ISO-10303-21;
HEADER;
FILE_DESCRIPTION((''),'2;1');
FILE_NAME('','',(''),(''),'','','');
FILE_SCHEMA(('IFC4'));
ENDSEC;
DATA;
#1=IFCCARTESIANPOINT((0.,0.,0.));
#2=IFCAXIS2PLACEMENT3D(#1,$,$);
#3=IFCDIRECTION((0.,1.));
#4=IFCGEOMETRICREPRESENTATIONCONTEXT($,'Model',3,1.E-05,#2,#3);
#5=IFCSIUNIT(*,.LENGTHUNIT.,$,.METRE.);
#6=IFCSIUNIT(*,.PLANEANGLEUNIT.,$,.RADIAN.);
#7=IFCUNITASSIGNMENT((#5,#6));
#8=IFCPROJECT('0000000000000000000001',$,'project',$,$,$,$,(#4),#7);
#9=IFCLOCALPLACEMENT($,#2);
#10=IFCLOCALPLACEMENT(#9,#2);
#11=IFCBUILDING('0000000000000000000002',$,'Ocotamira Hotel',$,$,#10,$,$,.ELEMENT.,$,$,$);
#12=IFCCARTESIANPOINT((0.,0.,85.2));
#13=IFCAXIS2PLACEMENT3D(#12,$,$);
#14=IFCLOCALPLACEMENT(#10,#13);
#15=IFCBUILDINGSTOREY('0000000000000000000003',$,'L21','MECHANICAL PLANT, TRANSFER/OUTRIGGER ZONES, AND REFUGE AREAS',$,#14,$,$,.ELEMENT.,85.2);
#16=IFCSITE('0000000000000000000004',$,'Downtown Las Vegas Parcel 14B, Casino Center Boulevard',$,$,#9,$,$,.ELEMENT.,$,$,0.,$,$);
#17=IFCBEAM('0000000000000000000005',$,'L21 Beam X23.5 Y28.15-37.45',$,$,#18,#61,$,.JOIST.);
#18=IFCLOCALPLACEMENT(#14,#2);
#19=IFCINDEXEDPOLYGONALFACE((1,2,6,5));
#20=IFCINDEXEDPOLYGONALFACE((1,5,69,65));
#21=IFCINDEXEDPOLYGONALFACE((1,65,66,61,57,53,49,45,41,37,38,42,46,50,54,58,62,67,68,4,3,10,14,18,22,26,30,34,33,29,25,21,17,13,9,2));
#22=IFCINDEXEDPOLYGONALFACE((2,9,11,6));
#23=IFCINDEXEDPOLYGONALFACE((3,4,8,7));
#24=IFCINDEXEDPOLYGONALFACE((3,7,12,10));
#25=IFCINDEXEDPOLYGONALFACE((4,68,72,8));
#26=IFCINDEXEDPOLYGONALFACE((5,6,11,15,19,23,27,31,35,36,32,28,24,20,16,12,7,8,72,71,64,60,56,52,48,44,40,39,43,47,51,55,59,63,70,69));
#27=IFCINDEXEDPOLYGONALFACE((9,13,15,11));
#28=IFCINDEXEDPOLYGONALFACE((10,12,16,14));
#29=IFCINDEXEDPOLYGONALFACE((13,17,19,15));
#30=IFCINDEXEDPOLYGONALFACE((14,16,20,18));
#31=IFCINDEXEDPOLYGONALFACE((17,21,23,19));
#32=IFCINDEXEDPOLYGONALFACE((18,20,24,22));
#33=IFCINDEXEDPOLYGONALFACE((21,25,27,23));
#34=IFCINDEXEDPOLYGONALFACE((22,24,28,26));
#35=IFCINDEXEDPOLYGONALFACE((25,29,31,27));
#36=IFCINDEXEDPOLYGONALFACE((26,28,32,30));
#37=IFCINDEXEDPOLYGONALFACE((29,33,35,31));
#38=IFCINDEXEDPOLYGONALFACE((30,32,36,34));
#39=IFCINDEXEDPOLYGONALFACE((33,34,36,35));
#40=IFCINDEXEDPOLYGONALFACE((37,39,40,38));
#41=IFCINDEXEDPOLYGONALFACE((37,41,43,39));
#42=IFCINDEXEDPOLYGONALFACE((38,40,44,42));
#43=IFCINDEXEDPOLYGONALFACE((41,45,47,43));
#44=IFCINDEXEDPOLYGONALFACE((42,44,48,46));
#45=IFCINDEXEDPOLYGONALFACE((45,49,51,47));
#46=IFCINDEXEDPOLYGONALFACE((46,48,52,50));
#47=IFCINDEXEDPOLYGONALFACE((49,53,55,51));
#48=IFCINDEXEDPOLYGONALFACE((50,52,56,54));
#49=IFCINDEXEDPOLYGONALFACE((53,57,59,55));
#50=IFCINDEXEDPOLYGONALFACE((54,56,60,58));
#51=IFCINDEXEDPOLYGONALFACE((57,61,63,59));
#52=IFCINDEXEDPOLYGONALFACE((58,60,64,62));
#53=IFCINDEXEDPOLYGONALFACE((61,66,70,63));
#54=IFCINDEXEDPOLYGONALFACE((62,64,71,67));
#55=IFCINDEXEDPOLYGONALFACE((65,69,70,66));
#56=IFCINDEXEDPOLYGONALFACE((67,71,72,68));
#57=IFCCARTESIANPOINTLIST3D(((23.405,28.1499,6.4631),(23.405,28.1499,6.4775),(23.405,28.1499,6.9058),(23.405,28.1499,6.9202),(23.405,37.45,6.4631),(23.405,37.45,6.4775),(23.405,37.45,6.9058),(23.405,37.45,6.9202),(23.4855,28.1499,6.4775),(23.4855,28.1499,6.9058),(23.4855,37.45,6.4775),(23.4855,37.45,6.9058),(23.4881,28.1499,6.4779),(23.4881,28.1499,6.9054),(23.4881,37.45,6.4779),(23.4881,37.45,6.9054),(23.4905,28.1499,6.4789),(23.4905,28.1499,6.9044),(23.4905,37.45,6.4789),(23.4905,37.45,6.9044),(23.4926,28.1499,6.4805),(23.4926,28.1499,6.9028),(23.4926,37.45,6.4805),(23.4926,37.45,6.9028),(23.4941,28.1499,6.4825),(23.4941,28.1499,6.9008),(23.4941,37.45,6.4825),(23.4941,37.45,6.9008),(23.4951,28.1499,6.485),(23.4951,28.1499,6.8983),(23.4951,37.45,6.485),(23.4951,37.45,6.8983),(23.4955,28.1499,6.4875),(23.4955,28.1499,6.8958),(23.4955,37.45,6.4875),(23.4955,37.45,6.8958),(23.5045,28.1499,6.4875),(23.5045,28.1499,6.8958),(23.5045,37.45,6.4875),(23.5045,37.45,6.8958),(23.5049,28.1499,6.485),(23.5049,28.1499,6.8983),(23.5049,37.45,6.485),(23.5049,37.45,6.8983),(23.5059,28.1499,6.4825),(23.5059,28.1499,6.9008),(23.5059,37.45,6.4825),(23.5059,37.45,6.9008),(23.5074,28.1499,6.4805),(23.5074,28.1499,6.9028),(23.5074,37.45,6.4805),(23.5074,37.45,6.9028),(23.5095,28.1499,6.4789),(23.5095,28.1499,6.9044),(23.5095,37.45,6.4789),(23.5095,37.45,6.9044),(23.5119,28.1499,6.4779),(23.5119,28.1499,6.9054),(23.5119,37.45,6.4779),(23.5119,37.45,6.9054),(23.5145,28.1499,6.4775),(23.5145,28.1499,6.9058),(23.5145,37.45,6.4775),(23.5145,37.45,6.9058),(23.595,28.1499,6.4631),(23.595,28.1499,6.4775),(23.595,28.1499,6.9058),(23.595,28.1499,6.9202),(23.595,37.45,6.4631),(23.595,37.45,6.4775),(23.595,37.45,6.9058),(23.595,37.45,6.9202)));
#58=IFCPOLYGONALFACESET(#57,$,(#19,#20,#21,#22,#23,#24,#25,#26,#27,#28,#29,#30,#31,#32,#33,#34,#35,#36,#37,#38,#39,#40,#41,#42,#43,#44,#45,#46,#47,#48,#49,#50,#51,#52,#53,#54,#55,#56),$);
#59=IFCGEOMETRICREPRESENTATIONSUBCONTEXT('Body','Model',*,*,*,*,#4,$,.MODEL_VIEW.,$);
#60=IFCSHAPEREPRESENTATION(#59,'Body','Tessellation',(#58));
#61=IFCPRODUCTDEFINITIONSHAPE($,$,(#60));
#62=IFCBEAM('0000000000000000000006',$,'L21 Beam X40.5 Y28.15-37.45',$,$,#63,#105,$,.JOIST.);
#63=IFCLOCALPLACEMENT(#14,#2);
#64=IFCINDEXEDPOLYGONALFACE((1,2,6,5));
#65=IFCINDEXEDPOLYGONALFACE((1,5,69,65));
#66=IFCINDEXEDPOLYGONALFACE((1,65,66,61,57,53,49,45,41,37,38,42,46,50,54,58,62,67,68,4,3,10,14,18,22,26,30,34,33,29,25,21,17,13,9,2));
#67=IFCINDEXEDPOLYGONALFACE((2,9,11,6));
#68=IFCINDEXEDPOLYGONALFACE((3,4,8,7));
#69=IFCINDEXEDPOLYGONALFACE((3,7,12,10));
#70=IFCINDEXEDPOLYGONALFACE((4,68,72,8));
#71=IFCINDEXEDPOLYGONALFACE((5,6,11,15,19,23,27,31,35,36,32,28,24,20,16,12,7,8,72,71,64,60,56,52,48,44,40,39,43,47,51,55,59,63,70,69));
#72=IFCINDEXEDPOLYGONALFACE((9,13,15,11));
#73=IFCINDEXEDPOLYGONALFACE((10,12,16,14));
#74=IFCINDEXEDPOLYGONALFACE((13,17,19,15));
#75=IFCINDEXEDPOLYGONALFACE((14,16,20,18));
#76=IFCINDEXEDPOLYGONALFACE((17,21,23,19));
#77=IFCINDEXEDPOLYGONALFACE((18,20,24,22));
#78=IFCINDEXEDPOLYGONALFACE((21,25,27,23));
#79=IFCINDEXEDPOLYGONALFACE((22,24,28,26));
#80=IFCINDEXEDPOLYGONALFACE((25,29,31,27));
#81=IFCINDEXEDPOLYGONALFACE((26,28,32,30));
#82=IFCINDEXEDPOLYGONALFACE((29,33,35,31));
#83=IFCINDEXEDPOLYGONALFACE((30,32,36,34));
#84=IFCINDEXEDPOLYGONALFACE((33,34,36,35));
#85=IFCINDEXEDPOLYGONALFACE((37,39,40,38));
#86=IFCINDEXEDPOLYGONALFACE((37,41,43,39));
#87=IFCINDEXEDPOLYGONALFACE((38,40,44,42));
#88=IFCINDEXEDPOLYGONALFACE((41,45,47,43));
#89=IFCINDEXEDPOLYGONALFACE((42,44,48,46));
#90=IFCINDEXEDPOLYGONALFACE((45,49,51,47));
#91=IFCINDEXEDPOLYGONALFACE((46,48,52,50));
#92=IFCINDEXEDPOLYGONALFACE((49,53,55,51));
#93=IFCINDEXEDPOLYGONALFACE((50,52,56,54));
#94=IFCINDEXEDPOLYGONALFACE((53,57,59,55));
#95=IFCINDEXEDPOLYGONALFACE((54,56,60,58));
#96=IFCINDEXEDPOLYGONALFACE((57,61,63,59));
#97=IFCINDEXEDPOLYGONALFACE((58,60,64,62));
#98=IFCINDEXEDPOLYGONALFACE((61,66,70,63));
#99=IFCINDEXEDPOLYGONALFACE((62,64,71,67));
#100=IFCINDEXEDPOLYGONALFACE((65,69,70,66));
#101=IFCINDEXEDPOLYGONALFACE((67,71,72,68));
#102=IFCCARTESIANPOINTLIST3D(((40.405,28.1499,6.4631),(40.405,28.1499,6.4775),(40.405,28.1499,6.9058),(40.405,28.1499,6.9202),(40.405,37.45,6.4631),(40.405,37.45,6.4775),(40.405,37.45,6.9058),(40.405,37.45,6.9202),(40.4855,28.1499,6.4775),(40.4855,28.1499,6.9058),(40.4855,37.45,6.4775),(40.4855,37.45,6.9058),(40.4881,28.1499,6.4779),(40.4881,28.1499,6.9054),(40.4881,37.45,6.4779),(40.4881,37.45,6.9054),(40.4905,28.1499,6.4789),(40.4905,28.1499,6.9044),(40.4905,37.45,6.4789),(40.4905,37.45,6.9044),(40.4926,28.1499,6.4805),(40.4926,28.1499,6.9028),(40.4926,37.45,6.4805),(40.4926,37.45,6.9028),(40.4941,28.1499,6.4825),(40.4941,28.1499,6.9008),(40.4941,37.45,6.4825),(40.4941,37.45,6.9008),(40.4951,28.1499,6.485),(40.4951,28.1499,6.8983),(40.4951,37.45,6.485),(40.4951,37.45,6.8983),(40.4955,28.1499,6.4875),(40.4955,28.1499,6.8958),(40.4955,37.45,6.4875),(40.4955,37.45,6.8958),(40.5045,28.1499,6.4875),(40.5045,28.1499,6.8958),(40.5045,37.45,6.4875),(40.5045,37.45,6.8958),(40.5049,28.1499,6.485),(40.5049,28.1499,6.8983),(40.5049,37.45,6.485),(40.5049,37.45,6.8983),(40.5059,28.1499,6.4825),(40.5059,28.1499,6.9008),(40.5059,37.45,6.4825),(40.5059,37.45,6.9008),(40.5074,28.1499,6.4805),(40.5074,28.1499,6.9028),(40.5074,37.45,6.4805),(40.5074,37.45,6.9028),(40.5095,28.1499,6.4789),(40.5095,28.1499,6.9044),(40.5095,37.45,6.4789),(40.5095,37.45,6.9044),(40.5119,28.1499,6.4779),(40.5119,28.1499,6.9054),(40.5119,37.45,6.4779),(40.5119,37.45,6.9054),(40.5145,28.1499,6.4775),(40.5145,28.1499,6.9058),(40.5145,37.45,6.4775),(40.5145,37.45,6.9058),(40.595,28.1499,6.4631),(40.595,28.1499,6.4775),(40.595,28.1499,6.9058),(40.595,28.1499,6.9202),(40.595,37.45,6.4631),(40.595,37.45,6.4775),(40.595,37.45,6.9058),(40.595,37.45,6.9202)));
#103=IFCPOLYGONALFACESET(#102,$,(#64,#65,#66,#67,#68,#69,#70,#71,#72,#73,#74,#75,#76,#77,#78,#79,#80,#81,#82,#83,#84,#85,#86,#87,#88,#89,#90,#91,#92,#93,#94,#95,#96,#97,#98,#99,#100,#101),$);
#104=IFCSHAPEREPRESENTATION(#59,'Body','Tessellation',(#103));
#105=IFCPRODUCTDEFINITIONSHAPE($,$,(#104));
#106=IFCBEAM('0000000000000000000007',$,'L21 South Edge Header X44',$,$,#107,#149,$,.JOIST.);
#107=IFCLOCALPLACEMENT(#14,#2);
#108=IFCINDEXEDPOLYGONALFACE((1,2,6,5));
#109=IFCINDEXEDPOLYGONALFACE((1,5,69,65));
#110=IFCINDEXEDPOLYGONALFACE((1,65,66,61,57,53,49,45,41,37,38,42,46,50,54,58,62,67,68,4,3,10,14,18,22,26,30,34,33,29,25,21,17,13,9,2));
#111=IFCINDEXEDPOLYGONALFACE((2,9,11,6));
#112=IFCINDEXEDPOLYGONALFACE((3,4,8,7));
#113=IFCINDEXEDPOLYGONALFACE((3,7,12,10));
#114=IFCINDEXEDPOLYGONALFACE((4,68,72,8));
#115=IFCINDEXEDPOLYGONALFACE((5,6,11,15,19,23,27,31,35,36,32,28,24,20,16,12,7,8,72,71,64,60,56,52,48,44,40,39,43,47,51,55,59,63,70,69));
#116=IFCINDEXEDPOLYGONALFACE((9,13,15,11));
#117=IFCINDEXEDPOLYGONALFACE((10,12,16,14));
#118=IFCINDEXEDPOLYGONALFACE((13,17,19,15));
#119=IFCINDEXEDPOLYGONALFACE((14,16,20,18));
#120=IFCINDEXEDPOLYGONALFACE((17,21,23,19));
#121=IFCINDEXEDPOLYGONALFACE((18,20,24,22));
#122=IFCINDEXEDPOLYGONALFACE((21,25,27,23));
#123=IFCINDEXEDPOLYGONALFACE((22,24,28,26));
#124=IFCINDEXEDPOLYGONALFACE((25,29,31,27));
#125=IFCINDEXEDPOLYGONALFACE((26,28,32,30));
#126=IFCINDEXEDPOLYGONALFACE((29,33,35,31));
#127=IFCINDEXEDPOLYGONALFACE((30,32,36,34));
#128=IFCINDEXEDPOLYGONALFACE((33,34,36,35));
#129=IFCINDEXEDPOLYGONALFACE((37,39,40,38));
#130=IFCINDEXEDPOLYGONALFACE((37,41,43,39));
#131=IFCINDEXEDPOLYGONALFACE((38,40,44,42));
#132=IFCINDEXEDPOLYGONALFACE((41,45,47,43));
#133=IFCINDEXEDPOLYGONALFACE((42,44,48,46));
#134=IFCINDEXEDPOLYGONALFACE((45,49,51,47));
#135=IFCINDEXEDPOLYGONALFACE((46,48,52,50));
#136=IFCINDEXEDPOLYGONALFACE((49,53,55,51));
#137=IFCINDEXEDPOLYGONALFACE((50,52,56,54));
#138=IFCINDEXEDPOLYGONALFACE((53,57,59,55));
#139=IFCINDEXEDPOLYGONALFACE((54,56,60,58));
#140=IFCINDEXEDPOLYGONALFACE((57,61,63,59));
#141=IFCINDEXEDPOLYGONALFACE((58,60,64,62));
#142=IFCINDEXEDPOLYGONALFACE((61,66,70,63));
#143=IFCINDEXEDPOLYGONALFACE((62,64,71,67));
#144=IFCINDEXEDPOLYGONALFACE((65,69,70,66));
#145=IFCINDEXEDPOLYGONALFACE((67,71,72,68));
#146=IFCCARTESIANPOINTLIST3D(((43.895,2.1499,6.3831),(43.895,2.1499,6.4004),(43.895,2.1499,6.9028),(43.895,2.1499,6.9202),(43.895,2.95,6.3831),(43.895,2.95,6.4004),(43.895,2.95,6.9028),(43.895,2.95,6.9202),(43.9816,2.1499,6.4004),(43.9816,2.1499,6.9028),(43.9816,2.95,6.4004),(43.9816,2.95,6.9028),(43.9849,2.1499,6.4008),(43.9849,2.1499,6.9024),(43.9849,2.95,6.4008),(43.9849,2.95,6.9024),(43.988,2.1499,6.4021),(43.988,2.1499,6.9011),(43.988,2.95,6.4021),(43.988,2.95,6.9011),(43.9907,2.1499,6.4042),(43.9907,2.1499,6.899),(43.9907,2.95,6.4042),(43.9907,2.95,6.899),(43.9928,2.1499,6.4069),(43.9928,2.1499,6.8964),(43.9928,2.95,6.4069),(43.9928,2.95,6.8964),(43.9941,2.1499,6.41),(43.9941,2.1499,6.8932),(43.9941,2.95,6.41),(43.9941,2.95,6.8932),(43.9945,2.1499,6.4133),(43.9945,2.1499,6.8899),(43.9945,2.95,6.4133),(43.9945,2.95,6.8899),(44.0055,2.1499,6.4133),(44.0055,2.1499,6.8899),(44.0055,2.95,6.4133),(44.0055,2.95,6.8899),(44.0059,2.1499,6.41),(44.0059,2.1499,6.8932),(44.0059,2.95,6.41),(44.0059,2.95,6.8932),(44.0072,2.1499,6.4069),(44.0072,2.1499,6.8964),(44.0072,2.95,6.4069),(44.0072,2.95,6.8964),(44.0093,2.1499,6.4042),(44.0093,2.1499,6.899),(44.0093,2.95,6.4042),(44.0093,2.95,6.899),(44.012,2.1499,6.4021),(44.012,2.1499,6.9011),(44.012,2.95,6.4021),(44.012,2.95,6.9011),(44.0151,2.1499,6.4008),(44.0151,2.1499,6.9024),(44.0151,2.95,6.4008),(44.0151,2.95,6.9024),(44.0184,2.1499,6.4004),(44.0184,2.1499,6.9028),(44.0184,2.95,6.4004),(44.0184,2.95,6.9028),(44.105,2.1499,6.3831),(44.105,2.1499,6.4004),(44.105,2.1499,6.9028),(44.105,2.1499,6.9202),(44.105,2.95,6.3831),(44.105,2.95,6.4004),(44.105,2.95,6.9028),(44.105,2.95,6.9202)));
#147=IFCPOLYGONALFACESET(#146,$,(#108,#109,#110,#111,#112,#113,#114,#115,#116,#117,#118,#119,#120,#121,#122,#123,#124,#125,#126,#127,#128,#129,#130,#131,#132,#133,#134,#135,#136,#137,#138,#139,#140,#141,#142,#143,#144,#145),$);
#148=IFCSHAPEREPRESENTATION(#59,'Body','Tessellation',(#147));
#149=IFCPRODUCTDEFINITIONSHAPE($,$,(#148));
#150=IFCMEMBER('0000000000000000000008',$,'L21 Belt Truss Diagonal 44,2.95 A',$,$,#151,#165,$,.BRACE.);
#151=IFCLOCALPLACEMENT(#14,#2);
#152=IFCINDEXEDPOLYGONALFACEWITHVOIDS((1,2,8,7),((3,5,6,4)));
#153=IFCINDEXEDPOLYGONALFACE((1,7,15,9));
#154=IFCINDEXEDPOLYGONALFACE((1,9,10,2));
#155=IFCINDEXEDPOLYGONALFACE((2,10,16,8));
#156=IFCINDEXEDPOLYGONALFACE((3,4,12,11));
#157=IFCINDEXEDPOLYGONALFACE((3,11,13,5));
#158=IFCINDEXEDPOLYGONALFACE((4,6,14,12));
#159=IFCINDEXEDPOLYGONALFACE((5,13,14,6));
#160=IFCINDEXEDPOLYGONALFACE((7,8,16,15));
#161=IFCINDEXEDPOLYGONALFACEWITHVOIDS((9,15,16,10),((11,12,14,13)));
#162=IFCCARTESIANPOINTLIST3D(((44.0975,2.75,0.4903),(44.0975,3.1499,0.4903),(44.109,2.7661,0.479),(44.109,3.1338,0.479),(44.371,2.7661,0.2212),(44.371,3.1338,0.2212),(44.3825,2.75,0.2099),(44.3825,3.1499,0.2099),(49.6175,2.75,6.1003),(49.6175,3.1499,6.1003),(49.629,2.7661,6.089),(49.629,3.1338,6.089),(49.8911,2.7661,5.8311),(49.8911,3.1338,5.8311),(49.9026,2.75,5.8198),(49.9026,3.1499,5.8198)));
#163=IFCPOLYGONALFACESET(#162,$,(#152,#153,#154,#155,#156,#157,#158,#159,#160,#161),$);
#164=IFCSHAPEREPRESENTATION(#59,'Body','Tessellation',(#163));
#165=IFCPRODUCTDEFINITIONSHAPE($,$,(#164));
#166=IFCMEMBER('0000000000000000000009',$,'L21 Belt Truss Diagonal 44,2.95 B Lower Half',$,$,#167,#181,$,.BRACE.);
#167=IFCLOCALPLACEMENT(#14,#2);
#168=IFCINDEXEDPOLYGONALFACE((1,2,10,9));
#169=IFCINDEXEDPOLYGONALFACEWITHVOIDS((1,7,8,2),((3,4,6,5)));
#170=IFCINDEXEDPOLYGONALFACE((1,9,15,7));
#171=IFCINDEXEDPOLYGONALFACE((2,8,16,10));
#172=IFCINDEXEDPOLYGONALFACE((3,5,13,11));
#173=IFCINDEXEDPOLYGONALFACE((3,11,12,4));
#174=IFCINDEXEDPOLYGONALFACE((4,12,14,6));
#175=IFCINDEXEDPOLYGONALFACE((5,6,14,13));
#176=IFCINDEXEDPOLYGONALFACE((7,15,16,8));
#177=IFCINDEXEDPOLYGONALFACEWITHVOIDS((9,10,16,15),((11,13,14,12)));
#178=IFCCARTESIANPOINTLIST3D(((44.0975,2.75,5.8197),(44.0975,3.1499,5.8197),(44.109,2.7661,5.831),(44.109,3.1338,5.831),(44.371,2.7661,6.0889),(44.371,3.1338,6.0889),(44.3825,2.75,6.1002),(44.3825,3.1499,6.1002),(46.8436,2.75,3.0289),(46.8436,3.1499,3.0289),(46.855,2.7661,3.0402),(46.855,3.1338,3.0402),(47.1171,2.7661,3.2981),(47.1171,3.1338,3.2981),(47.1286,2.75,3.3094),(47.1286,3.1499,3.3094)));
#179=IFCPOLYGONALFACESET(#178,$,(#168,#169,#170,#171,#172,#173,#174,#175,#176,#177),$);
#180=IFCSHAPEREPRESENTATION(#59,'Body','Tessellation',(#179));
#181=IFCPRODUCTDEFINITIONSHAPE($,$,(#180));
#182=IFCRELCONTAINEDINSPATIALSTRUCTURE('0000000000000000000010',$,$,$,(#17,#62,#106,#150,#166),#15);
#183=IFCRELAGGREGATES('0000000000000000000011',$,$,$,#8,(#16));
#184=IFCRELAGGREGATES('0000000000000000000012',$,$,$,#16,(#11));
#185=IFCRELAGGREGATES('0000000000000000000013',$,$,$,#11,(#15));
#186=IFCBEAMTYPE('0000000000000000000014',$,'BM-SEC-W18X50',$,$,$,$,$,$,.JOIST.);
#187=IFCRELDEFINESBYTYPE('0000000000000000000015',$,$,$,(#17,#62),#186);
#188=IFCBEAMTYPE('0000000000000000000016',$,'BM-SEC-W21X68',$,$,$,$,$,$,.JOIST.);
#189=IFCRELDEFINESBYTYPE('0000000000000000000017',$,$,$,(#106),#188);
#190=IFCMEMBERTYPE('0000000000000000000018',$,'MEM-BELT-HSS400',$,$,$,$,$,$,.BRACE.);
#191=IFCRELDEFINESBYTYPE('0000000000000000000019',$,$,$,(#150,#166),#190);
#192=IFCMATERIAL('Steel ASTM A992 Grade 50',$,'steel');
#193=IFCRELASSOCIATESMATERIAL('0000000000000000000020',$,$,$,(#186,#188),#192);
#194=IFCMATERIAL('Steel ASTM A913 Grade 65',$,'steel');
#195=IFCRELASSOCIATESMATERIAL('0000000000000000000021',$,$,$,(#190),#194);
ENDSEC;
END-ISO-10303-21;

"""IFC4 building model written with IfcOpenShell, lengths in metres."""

from ifc_helpers import new_model, si_unit, direction, frame, origin, origin_2d, place, context, subcontext, project, spatial, hollow_rectangle, i_section, extrude, source, transform, mapped, material, material_profile, profile_set, type_object, element, save


model = new_model("IFC4")

# Units and contexts
model_context = context("Model", 3, precision=1e-05, world=origin(), true_north=direction((0.0, 1.0)))
body_context = subcontext(model_context, "Body", "Model", "MODEL_VIEW")
ifc_project = project(units=[si_unit("LENGTHUNIT", "METRE"), si_unit("PLANEANGLEUNIT", "RADIAN")], contexts=[model_context])

# Site, building, storey
site_placement = place(None, origin())
site = spatial("IfcSite", under=ifc_project, at=site_placement, Name="Downtown Las Vegas Parcel 14B, Casino Center Boulevard", CompositionType="ELEMENT", RefElevation=0.0)
building_placement = place(site_placement, origin())
building = spatial("IfcBuilding", under=site, at=building_placement, Name="Ocotamira Hotel", CompositionType="ELEMENT")
storey_placement = place(building_placement, frame((0.0, 0.0, 85.2)))
storey = spatial("IfcBuildingStorey", under=building, at=storey_placement, Name="L21", Description="MECHANICAL PLANT, TRANSFER/OUTRIGGER ZONES, AND REFUGE AREAS", CompositionType="ELEMENT", Elevation=85.2)

# Shared definitions
ifc_material_1 = material(Name="Steel ASTM A913 Grade 65", Category="steel")

# Beams
ifc_material_2 = material(Name="Steel ASTM A992 Grade 50", Category="steel")
ifc_material_profile_1 = material_profile(ifc_material_2, i_section(OverallWidth=0.1899, OverallDepth=0.457, WebThickness=0.009, FlangeThickness=0.0144, FilletRadius=0.01, at=origin_2d()), Name="W18X50")
ifc_profile_set_1 = profile_set([ifc_material_profile_1], Name="Steel ASTM A992 Grade 50")
beam_type_1 = type_object("IfcBeamType", Name="BM-SEC-W18X50", PredefinedType="JOIST", material=ifc_profile_set_1)
shared_shape_1 = source(origin(), body_context, "Body", "SweptSolid", [
    extrude(i_section(OverallWidth=0.1899, OverallDepth=0.457, WebThickness=0.009, FlangeThickness=0.0144, FilletRadius=0.01, at=origin_2d()), origin(), (0.0, 0.0, 1.0), 9.3),
])
for number, where, z_axis, x_axis, name in (
    (1, (23.5, 28.1499, 6.6917), (0.0, 1.0, 0.0), (-1.0, 0.0, 0.0), "L21 Beam X23.5 Y28.15-37.45"),
    (2, (40.5, 28.1499, 6.6917), (0.0, 1.0, 0.0), (-1.0, 0.0, 0.0), "L21 Beam X40.5 Y28.15-37.45"),
):
    element("IfcBeam", number, at=place(storey_placement, frame(where, z_axis=z_axis, x_axis=x_axis)), inside=storey, type_object=beam_type_1, Name=name, PredefinedType="JOIST", context=body_context, shape_type="MappedRepresentation", body=[
        mapped(shared_shape_1, transform((0.0, 0.0, 0.0), scale=1.0)),
    ])
ifc_material_profile_2 = material_profile(ifc_material_2, i_section(OverallWidth=0.21, OverallDepth=0.5371, WebThickness=0.011, FlangeThickness=0.0173, FilletRadius=0.0129, at=origin_2d()), Name="W21X68")
ifc_profile_set_2 = profile_set([ifc_material_profile_2], Name="Steel ASTM A992 Grade 50")
beam_type_2 = type_object("IfcBeamType", Name="BM-SEC-W21X68", PredefinedType="JOIST", material=ifc_profile_set_2)
shared_shape_2 = source(origin(), body_context, "Body", "SweptSolid", [
    extrude(i_section(OverallWidth=0.21, OverallDepth=0.5371, WebThickness=0.011, FlangeThickness=0.0173, FilletRadius=0.0129, at=origin_2d()), origin(), (0.0, 0.0, 1.0), 0.8),
])
beam_1_placement = place(storey_placement, frame((44.0, 2.95, 6.6516), z_axis=(0.0, -1.0, 0.0), x_axis=(1.0, 0.0, 0.0)))
element("IfcBeam", 3, at=beam_1_placement, inside=storey, type_object=beam_type_2, Name="L21 South Edge Header X44", PredefinedType="JOIST", context=body_context, shape_type="MappedRepresentation", body=[
    mapped(shared_shape_2, transform((0.0, 0.0, 0.0), scale=1.0)),
])

# Members
ifc_material_profile_3 = material_profile(ifc_material_1, hollow_rectangle(XDim=0.3999, YDim=0.3999, WallThickness=0.0161, at=origin_2d()), Name="HSS400X400X16")
ifc_profile_set_3 = profile_set([ifc_material_profile_3], Name="Steel ASTM A913 Grade 65")
member_type = type_object("IfcMemberType", Name="MEM-BELT-HSS400", PredefinedType="BRACE", material=ifc_profile_set_3)
shared_shape_3 = source(origin(), body_context, "Body", "SweptSolid", [
    extrude(hollow_rectangle(XDim=0.3999, YDim=0.3999, WallThickness=0.0161, at=origin_2d()), origin(), (0.0, 0.0, 1.0), 7.8704),
])
member_1_placement = place(storey_placement, frame((44.24, 2.95, 0.3501), z_axis=(0.701376, 0.0, 0.712792), x_axis=(0.0, 1.0, 0.0)))
element("IfcMember", 4, at=member_1_placement, inside=storey, type_object=member_type, Name="L21 Belt Truss Diagonal 44,2.95 A", PredefinedType="BRACE", context=body_context, shape_type="MappedRepresentation", body=[
    mapped(shared_shape_3, transform((0.0, 0.0, 0.0), scale=1.0)),
])
shared_shape_4 = source(origin(), body_context, "Body", "SweptSolid", [
    extrude(hollow_rectangle(XDim=0.3999, YDim=0.3999, WallThickness=0.0161, at=origin_2d()), origin(), (0.0, 0.0, 1.0), 3.9153),
])
member_2_placement = place(storey_placement, frame((44.24, 2.95, 5.96), z_axis=(0.701378, 0.0, -0.712789), x_axis=(0.0, 1.0, 0.0)))
element("IfcMember", 5, at=member_2_placement, inside=storey, type_object=member_type, Name="L21 Belt Truss Diagonal 44,2.95 B Lower Half", PredefinedType="BRACE", context=body_context, shape_type="MappedRepresentation", body=[
    mapped(shared_shape_4, transform((0.0, 0.0, 0.0), scale=1.0)),
])

save(model, "model.ifc")
